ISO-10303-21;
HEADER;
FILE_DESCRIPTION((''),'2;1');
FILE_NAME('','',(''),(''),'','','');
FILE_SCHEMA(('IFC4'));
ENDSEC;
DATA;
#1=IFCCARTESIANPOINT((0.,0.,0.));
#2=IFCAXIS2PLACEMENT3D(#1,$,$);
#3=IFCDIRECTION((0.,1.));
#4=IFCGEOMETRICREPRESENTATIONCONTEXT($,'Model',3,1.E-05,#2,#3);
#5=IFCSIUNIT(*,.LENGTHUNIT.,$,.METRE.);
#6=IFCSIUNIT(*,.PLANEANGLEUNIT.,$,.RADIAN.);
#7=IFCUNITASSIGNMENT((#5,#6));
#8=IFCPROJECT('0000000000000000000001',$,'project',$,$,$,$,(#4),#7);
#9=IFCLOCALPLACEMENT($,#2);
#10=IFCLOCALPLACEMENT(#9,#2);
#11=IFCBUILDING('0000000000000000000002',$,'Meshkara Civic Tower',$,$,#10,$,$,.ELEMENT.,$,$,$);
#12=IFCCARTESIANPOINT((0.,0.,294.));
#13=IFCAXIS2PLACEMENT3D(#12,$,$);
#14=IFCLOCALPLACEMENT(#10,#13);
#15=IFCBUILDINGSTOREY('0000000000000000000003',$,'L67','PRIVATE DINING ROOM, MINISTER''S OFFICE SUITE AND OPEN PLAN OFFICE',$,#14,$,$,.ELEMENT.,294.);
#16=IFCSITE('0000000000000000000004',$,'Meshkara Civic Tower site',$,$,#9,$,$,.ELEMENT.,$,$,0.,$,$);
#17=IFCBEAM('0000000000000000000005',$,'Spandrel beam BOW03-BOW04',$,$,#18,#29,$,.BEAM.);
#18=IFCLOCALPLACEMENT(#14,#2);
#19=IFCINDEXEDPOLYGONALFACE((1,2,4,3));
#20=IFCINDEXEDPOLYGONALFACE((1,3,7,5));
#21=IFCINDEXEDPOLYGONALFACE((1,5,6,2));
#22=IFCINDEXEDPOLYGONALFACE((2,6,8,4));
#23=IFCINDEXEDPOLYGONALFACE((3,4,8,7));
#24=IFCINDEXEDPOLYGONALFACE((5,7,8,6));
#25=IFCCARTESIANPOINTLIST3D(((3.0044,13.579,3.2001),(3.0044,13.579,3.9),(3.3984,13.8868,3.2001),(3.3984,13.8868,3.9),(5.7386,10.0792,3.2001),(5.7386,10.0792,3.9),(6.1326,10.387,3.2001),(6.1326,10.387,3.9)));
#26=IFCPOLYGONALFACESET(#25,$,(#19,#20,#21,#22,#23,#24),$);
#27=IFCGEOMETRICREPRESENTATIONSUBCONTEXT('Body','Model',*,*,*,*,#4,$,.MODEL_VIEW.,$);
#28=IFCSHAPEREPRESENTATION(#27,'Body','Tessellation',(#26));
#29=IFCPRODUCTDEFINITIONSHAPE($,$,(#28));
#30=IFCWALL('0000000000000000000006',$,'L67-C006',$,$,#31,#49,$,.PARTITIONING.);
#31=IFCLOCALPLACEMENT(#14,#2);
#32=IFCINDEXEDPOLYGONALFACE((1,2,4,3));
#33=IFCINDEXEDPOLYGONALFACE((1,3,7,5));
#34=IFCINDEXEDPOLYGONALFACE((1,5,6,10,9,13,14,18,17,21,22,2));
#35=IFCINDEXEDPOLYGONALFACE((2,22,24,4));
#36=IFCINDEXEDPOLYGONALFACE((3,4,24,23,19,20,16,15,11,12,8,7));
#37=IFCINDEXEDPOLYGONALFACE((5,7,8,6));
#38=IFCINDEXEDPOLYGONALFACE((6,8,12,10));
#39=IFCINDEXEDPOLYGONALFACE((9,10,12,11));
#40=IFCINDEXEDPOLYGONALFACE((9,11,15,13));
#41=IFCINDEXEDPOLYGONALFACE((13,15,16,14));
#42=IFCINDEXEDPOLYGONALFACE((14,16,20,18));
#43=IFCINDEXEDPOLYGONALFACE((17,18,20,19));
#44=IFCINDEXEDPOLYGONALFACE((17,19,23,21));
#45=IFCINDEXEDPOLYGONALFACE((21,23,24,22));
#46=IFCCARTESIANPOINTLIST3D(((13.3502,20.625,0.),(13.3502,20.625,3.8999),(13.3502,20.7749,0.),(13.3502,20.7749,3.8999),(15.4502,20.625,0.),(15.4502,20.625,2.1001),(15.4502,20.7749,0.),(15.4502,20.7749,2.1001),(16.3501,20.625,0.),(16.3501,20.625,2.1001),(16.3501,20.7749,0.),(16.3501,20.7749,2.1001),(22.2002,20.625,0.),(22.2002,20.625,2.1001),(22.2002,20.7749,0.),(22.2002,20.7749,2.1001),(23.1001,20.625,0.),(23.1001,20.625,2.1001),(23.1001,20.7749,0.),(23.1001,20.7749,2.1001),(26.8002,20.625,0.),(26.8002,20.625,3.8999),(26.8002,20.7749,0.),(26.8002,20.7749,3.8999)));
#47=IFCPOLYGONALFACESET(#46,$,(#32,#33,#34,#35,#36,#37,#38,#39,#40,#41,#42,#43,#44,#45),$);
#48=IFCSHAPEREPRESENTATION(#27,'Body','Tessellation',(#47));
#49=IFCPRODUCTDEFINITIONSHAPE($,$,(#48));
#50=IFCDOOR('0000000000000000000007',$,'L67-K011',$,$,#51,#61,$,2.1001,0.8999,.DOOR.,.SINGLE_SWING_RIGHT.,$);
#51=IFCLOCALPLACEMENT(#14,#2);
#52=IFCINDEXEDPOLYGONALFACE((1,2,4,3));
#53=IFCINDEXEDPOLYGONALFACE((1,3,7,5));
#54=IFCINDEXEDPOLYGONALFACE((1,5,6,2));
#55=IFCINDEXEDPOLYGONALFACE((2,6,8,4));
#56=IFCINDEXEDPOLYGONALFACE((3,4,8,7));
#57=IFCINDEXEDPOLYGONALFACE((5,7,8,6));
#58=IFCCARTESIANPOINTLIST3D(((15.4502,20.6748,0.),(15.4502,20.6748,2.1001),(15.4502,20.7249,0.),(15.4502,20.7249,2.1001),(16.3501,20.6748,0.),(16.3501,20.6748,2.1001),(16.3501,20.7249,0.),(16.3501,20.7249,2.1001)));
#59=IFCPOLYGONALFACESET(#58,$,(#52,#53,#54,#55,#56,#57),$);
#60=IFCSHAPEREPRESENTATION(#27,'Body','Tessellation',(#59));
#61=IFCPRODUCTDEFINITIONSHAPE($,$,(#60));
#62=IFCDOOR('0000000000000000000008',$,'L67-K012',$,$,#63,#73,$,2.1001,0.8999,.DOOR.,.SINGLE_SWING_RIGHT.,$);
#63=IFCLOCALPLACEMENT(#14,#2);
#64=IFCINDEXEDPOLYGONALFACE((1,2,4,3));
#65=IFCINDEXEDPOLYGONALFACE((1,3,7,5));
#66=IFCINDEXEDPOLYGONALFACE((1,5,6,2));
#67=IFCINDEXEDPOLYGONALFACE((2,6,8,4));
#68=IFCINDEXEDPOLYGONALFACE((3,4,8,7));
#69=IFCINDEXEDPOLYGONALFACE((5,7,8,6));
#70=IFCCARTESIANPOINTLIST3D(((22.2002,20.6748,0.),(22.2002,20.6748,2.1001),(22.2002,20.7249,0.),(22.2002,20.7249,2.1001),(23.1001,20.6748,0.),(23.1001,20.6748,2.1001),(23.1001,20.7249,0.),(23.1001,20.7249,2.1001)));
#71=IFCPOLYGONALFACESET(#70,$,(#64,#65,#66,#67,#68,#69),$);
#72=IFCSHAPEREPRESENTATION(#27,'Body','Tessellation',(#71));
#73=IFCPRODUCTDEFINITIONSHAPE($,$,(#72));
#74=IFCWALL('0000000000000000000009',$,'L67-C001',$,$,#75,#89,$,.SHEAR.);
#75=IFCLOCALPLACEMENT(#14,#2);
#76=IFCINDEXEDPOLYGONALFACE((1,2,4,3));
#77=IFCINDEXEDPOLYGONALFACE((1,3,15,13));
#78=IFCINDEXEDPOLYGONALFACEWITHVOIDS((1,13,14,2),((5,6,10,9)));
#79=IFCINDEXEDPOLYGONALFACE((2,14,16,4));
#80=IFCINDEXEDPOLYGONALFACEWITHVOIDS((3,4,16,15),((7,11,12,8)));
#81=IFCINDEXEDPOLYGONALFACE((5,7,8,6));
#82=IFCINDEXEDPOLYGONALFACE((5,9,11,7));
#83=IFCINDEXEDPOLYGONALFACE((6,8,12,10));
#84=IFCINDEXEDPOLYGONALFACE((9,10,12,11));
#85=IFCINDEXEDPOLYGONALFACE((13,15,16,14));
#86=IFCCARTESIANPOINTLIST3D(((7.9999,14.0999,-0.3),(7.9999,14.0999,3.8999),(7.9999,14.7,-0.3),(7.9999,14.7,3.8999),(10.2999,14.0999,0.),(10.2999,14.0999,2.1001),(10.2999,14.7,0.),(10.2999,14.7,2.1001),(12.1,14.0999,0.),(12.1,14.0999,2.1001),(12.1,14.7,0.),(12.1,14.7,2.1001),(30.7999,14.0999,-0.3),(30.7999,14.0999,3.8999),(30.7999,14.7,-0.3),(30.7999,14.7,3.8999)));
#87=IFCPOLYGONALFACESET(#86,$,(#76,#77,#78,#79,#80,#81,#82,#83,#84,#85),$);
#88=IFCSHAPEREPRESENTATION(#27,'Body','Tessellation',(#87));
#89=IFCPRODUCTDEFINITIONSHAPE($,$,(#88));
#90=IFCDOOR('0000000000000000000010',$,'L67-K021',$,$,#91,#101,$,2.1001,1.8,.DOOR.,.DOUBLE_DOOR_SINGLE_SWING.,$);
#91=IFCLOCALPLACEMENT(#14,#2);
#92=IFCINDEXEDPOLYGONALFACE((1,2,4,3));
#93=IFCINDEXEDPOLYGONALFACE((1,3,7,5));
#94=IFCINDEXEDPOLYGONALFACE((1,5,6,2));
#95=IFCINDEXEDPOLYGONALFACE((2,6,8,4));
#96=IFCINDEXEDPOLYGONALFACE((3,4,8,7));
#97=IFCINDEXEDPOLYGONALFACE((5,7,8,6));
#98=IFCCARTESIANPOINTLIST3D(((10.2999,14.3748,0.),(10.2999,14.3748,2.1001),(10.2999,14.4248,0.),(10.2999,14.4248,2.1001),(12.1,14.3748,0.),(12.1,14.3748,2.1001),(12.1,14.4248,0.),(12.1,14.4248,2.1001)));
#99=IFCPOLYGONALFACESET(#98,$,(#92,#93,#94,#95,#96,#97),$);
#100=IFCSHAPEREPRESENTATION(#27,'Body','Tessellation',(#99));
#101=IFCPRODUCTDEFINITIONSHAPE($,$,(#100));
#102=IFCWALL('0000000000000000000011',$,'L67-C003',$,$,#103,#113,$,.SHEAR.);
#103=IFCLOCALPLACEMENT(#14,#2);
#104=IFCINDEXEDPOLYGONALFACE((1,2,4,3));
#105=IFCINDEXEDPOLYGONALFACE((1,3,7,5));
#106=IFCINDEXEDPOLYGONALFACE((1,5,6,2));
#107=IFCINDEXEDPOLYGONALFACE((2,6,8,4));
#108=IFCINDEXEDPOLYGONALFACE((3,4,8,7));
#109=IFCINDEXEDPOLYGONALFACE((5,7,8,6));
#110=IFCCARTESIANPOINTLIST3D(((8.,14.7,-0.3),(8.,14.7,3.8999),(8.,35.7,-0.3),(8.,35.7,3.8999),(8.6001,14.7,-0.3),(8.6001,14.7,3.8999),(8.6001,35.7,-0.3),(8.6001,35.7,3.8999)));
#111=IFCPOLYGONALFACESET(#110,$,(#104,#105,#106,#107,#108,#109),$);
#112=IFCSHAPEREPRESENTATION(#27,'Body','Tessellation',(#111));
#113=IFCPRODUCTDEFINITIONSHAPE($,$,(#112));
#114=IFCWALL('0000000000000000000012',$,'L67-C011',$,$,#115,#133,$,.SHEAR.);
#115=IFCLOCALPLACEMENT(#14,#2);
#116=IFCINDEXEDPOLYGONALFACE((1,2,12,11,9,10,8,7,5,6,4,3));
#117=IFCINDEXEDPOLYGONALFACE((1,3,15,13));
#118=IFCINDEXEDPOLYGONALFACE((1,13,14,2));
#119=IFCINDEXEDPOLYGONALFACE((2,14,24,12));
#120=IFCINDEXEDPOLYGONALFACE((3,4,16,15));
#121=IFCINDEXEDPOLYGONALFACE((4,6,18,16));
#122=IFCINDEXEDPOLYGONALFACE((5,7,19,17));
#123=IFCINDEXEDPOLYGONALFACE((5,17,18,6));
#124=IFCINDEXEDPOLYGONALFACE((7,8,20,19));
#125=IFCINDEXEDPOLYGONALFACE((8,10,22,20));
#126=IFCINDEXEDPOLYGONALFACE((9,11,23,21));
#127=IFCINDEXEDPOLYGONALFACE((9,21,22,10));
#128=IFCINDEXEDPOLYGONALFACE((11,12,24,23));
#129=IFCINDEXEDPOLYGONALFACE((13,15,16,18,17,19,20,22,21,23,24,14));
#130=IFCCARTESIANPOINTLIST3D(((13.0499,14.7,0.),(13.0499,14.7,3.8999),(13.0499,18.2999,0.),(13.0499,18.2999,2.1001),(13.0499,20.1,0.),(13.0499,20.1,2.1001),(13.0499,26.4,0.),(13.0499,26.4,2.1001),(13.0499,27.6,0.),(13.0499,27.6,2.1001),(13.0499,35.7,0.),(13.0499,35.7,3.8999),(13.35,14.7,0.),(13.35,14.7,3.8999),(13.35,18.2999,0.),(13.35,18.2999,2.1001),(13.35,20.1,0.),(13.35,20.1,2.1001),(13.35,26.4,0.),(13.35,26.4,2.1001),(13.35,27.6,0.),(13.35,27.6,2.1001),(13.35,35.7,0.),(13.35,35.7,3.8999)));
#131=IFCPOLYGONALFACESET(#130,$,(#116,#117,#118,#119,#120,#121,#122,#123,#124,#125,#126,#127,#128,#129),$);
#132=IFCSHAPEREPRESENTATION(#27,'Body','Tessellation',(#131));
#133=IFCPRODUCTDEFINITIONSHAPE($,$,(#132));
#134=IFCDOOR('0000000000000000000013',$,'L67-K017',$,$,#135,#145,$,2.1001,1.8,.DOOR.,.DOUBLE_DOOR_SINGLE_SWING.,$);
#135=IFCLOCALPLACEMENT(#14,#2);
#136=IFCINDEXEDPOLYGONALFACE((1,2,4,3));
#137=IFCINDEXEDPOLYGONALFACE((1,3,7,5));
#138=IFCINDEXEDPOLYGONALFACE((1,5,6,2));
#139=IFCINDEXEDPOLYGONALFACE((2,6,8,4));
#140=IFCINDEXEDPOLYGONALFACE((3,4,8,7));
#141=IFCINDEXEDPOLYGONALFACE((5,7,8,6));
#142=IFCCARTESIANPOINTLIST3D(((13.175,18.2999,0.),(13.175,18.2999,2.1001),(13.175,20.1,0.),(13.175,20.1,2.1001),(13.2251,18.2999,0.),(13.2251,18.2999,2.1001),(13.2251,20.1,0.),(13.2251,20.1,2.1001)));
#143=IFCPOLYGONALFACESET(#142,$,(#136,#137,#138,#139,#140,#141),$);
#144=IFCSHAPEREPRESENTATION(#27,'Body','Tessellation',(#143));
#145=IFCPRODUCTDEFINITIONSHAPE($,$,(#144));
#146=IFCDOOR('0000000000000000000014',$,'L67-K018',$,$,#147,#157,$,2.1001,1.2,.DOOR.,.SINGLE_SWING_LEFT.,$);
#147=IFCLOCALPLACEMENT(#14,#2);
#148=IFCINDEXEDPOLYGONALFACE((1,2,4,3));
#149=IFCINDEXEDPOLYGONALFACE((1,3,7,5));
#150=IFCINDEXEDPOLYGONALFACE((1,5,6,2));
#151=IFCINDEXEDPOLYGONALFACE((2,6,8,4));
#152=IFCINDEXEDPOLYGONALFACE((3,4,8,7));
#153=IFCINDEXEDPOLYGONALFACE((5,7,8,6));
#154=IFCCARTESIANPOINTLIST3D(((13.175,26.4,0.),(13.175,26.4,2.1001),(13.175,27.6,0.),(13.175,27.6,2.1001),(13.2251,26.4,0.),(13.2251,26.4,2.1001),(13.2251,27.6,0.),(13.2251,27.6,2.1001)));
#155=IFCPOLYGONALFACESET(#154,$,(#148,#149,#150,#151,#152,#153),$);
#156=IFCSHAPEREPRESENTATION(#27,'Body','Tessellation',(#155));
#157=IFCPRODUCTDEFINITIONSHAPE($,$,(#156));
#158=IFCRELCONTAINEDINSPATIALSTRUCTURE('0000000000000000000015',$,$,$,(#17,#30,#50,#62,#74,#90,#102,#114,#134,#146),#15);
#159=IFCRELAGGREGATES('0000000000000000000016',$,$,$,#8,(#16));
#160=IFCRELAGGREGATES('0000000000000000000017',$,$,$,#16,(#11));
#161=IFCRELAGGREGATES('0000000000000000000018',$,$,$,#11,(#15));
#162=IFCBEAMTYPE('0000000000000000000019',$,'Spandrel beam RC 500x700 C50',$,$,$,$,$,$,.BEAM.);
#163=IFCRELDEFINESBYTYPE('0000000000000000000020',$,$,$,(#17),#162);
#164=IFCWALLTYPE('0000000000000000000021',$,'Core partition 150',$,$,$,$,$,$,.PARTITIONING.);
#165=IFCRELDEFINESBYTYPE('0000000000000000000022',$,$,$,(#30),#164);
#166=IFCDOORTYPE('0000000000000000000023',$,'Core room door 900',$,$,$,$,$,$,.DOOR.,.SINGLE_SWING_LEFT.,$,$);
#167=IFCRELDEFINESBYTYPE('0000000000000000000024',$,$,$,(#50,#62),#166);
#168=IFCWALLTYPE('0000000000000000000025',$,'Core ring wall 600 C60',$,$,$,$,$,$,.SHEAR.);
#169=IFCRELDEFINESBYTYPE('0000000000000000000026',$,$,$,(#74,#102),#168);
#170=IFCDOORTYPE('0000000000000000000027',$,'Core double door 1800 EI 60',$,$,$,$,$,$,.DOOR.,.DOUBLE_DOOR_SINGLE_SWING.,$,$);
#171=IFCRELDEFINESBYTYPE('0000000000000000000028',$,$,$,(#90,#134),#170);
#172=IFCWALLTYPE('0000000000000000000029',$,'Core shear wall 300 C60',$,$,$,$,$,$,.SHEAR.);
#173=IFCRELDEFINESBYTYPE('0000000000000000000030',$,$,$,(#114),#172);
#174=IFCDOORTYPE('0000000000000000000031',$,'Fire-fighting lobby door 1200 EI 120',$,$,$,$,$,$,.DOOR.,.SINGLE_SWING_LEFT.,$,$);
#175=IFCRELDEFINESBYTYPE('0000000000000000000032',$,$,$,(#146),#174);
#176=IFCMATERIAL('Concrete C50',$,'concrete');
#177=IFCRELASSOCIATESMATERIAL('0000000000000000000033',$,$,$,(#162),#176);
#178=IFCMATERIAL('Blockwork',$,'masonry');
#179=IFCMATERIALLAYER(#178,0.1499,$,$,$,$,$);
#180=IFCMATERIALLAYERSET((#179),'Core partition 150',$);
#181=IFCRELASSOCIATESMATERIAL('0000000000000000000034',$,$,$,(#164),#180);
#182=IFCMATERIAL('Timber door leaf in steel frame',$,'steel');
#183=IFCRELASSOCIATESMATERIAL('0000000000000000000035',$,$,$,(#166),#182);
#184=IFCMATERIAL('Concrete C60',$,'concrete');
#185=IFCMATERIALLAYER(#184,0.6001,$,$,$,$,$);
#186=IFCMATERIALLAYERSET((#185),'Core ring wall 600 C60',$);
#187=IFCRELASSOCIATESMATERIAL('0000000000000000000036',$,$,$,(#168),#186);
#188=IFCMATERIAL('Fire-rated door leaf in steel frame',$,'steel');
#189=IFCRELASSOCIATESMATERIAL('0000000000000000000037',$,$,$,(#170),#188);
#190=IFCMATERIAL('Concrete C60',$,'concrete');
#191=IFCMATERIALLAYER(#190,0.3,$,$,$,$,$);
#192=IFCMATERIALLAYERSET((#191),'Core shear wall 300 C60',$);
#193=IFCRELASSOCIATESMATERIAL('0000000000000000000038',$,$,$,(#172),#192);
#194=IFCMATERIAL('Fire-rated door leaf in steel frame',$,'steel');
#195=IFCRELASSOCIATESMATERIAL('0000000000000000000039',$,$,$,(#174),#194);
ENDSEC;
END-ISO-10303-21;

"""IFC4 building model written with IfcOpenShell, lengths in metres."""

from ifc_helpers import new_model, si_unit, direction, frame, frame_2d, origin, origin_2d, place, context, subcontext, project, spatial, rectangle, extrude, material, layer, layer_set, material_profile, profile_set, type_object, element, fill, save


model = new_model("IFC4")

# Units and contexts
model_context = context("Model", 3, precision=1e-05, world=origin(), true_north=direction((0.0, 1.0)))
body_context = subcontext(model_context, "Body", "Model", "MODEL_VIEW")
ifc_project = project(units=[si_unit("LENGTHUNIT", "METRE"), si_unit("PLANEANGLEUNIT", "RADIAN")], contexts=[model_context])

# Site, building, storey
site_placement = place(None, origin())
site = spatial("IfcSite", under=ifc_project, at=site_placement, Name="Meshkara Civic Tower site", CompositionType="ELEMENT", RefElevation=0.0)
building_placement = place(site_placement, origin())
building = spatial("IfcBuilding", under=site, at=building_placement, Name="Meshkara Civic Tower", CompositionType="ELEMENT")
storey_placement = place(building_placement, frame((0.0, 0.0, 294.0)))
storey = spatial("IfcBuildingStorey", under=building, at=storey_placement, Name="L67", Description="PRIVATE DINING ROOM, MINISTER'S OFFICE SUITE AND OPEN PLAN OFFICE", CompositionType="ELEMENT", Elevation=294.0)

# Beam
ifc_material_1 = material(Name="Concrete C50", Category="concrete")
ifc_material_profile = material_profile(ifc_material_1, rectangle(XDim=0.5, YDim=0.7, at=origin_2d()))
ifc_profile_set = profile_set([ifc_material_profile], Name="Concrete C50")
beam_type = type_object("IfcBeamType", Name="Spandrel beam RC 500x700 C50", PredefinedType="BEAM", material=ifc_profile_set)
beam_placement = place(storey_placement, frame((3.2014, 13.7329, 3.55), z_axis=(0.615637, -0.78803, 0.0), x_axis=(0.78803, 0.615637, 0.0)))
element("IfcBeam", 1, at=beam_placement, inside=storey, type_object=beam_type, Name="Spandrel beam BOW03-BOW04", PredefinedType="BEAM", context=body_context, shape_type="SweptSolid", body=[
    extrude(rectangle(XDim=0.5, YDim=0.7, at=origin_2d()), origin(), (0.0, 0.0, 1.0), 4.4412),
])

# Wall, openings, doors
ifc_material_2 = material(Name="Blockwork", Category="masonry")
ifc_layer_1 = layer(ifc_material_2, 0.1499)
ifc_layer_set_1 = layer_set([ifc_layer_1], Name="Core partition 150")
wall_type_1 = type_object("IfcWallType", Name="Core partition 150", PredefinedType="PARTITIONING", material=ifc_layer_set_1)
wall_1_placement = place(storey_placement, frame((13.3501, 20.7, 0.0), z_axis=(0.0, 0.0, 1.0), x_axis=(1.0, 0.0, 0.0)))
wall_1 = element("IfcWall", 2, at=wall_1_placement, inside=storey, type_object=wall_type_1, Name="L67-C006", PredefinedType="PARTITIONING", context=body_context, shape_type="SweptSolid", body=[
    extrude(rectangle(XDim=13.45, YDim=0.1499, at=frame_2d((6.7251, 0.0))), origin(), (0.0, 0.0, 1.0), 3.8999),
])
opening_1_placement = place(wall_1_placement, frame((2.1001, 0.0, 0.0)))
opening_1 = element("IfcOpeningElement", 3, at=opening_1_placement, cuts=wall_1, PredefinedType="OPENING", context=body_context, shape_type="SweptSolid", body=[
    extrude(rectangle(XDim=0.8999, YDim=2.1001, at=frame_2d((0.45, 1.05))), frame((0.0, 0.085, 0.0), z_axis=(0.0, -1.0, 0.0), x_axis=(1.0, 0.0, 0.0)), (0.0, 0.0, 1.0), 0.1699),
])
opening_2_placement = place(wall_1_placement, frame((8.8501, 0.0, 0.0)))
opening_2 = element("IfcOpeningElement", 4, at=opening_2_placement, cuts=wall_1, PredefinedType="OPENING", context=body_context, shape_type="SweptSolid", body=[
    extrude(rectangle(XDim=0.8999, YDim=2.1001, at=frame_2d((0.45, 1.05))), frame((0.0, 0.085, 0.0), z_axis=(0.0, -1.0, 0.0), x_axis=(1.0, 0.0, 0.0)), (0.0, 0.0, 1.0), 0.1699),
])
ifc_material_3 = material(Name="Timber door leaf in steel frame", Category="steel")
door_type_1 = type_object("IfcDoorType", Name="Core room door 900", OperationType="SINGLE_SWING_LEFT", PredefinedType="DOOR", material=ifc_material_3)
door_1_placement = place(opening_1_placement, origin())
door_1 = element("IfcDoor", 5, at=door_1_placement, inside=storey, type_object=door_type_1, Name="L67-K011", OperationType="SINGLE_SWING_RIGHT", OverallHeight=2.1001, OverallWidth=0.8999, PredefinedType="DOOR", context=body_context, shape_type="SweptSolid", body=[
    extrude(rectangle(XDim=0.8999, YDim=2.1001, at=frame_2d((0.45, 1.05))), frame((0.0, 0.0249, 0.0), z_axis=(0.0, -1.0, 0.0), x_axis=(1.0, 0.0, 0.0)), (0.0, 0.0, 1.0), 0.05),
])
fill(opening_1, door_1)
door_2_placement = place(opening_2_placement, origin())
door_2 = element("IfcDoor", 6, at=door_2_placement, inside=storey, type_object=door_type_1, Name="L67-K012", OperationType="SINGLE_SWING_RIGHT", OverallHeight=2.1001, OverallWidth=0.8999, PredefinedType="DOOR", context=body_context, shape_type="SweptSolid", body=[
    extrude(rectangle(XDim=0.8999, YDim=2.1001, at=frame_2d((0.45, 1.05))), frame((0.0, 0.0249, 0.0), z_axis=(0.0, -1.0, 0.0), x_axis=(1.0, 0.0, 0.0)), (0.0, 0.0, 1.0), 0.05),
])
fill(opening_2, door_2)

# Wall, opening, door
ifc_material_4 = material(Name="Concrete C60", Category="concrete")
ifc_layer_2 = layer(ifc_material_4, 0.6001)
ifc_layer_set_2 = layer_set([ifc_layer_2], Name="Core ring wall 600 C60")
wall_type_2 = type_object("IfcWallType", Name="Core ring wall 600 C60", PredefinedType="SHEAR", material=ifc_layer_set_2)
wall_2_placement = place(storey_placement, frame((8.0, 14.3999, -0.3), z_axis=(0.0, 0.0, 1.0), x_axis=(1.0, 0.0, 0.0)))
wall_2 = element("IfcWall", 7, at=wall_2_placement, inside=storey, type_object=wall_type_2, Name="L67-C001", PredefinedType="SHEAR", context=body_context, shape_type="SweptSolid", body=[
    extrude(rectangle(XDim=22.8, YDim=0.6001, at=frame_2d((11.3999, 0.0))), origin(), (0.0, 0.0, 1.0), 4.2),
])
opening_3_placement = place(wall_2_placement, frame((2.3, 0.0, 0.3)))
opening_3 = element("IfcOpeningElement", 8, at=opening_3_placement, cuts=wall_2, PredefinedType="OPENING", context=body_context, shape_type="SweptSolid", body=[
    extrude(rectangle(XDim=1.8, YDim=2.1001, at=frame_2d((0.8999, 1.05))), frame((0.0, 0.3101, 0.0), z_axis=(0.0, -1.0, 0.0), x_axis=(1.0, 0.0, 0.0)), (0.0, 0.0, 1.0), 0.6201),
])
ifc_material_5 = material(Name="Fire-rated door leaf in steel frame", Category="steel")
door_type_2 = type_object("IfcDoorType", Name="Core double door 1800 EI 60", OperationType="DOUBLE_DOOR_SINGLE_SWING", PredefinedType="DOOR", material=ifc_material_5)
door_3_placement = place(opening_3_placement, origin())
door_3 = element("IfcDoor", 9, at=door_3_placement, inside=storey, type_object=door_type_2, Name="L67-K021", OperationType="DOUBLE_DOOR_SINGLE_SWING", OverallHeight=2.1001, OverallWidth=1.8, PredefinedType="DOOR", context=body_context, shape_type="SweptSolid", body=[
    extrude(rectangle(XDim=1.8, YDim=2.1001, at=frame_2d((0.8999, 1.05))), frame((0.0, 0.0249, 0.0), z_axis=(0.0, -1.0, 0.0), x_axis=(1.0, 0.0, 0.0)), (0.0, 0.0, 1.0), 0.05),
])
fill(opening_3, door_3)

# Wall
wall_3_placement = place(storey_placement, frame((8.3, 14.7, -0.3), z_axis=(0.0, 0.0, 1.0), x_axis=(0.0, 1.0, 0.0)))
element("IfcWall", 10, at=wall_3_placement, inside=storey, type_object=wall_type_2, Name="L67-C003", PredefinedType="SHEAR", context=body_context, shape_type="SweptSolid", body=[
    extrude(rectangle(XDim=21.0, YDim=0.6001, at=frame_2d((10.5, 0.0))), origin(), (0.0, 0.0, 1.0), 4.2),
])

# Wall, openings, doors
ifc_material_6 = material(Name="Concrete C60", Category="concrete")
ifc_layer_3 = layer(ifc_material_6, 0.3)
ifc_layer_set_3 = layer_set([ifc_layer_3], Name="Core shear wall 300 C60")
wall_type_3 = type_object("IfcWallType", Name="Core shear wall 300 C60", PredefinedType="SHEAR", material=ifc_layer_set_3)
wall_4_placement = place(storey_placement, frame((13.2, 14.7, 0.0), z_axis=(0.0, 0.0, 1.0), x_axis=(0.0, 1.0, 0.0)))
wall_4 = element("IfcWall", 11, at=wall_4_placement, inside=storey, type_object=wall_type_3, Name="L67-C011", PredefinedType="SHEAR", context=body_context, shape_type="SweptSolid", body=[
    extrude(rectangle(XDim=21.0, YDim=0.3, at=frame_2d((10.5, 0.0))), origin(), (0.0, 0.0, 1.0), 3.8999),
])
opening_4_placement = place(wall_4_placement, frame((3.6001, 0.0, 0.0)))
opening_4 = element("IfcOpeningElement", 12, at=opening_4_placement, cuts=wall_4, PredefinedType="OPENING", context=body_context, shape_type="SweptSolid", body=[
    extrude(rectangle(XDim=1.8, YDim=2.1001, at=frame_2d((0.8999, 1.05))), frame((0.0, 0.1599, 0.0), z_axis=(0.0, -1.0, 0.0), x_axis=(1.0, 0.0, 0.0)), (0.0, 0.0, 1.0), 0.3201),
])
opening_5_placement = place(wall_4_placement, frame((11.7, 0.0, 0.0)))
opening_5 = element("IfcOpeningElement", 13, at=opening_5_placement, cuts=wall_4, PredefinedType="OPENING", context=body_context, shape_type="SweptSolid", body=[
    extrude(rectangle(XDim=1.2, YDim=2.1001, at=frame_2d((0.6001, 1.05))), frame((0.0, 0.1599, 0.0), z_axis=(0.0, -1.0, 0.0), x_axis=(1.0, 0.0, 0.0)), (0.0, 0.0, 1.0), 0.3201),
])
door_4_placement = place(opening_4_placement, origin())
door_4 = element("IfcDoor", 14, at=door_4_placement, inside=storey, type_object=door_type_2, Name="L67-K017", OperationType="DOUBLE_DOOR_SINGLE_SWING", OverallHeight=2.1001, OverallWidth=1.8, PredefinedType="DOOR", context=body_context, shape_type="SweptSolid", body=[
    extrude(rectangle(XDim=1.8, YDim=2.1001, at=frame_2d((0.8999, 1.05))), frame((0.0, 0.0249, 0.0), z_axis=(0.0, -1.0, 0.0), x_axis=(1.0, 0.0, 0.0)), (0.0, 0.0, 1.0), 0.05),
])
fill(opening_4, door_4)
ifc_material_7 = material(Name="Fire-rated door leaf in steel frame", Category="steel")
door_type_3 = type_object("IfcDoorType", Name="Fire-fighting lobby door 1200 EI 120", OperationType="SINGLE_SWING_LEFT", PredefinedType="DOOR", material=ifc_material_7)
door_5_placement = place(opening_5_placement, origin())
door_5 = element("IfcDoor", 15, at=door_5_placement, inside=storey, type_object=door_type_3, Name="L67-K018", OperationType="SINGLE_SWING_LEFT", OverallHeight=2.1001, OverallWidth=1.2, PredefinedType="DOOR", context=body_context, shape_type="SweptSolid", body=[
    extrude(rectangle(XDim=1.2, YDim=2.1001, at=frame_2d((0.6001, 1.05))), frame((0.0, 0.0249, 0.0), z_axis=(0.0, -1.0, 0.0), x_axis=(1.0, 0.0, 0.0)), (0.0, 0.0, 1.0), 0.05),
])
fill(opening_5, door_5)

save(model, "model.ifc")
